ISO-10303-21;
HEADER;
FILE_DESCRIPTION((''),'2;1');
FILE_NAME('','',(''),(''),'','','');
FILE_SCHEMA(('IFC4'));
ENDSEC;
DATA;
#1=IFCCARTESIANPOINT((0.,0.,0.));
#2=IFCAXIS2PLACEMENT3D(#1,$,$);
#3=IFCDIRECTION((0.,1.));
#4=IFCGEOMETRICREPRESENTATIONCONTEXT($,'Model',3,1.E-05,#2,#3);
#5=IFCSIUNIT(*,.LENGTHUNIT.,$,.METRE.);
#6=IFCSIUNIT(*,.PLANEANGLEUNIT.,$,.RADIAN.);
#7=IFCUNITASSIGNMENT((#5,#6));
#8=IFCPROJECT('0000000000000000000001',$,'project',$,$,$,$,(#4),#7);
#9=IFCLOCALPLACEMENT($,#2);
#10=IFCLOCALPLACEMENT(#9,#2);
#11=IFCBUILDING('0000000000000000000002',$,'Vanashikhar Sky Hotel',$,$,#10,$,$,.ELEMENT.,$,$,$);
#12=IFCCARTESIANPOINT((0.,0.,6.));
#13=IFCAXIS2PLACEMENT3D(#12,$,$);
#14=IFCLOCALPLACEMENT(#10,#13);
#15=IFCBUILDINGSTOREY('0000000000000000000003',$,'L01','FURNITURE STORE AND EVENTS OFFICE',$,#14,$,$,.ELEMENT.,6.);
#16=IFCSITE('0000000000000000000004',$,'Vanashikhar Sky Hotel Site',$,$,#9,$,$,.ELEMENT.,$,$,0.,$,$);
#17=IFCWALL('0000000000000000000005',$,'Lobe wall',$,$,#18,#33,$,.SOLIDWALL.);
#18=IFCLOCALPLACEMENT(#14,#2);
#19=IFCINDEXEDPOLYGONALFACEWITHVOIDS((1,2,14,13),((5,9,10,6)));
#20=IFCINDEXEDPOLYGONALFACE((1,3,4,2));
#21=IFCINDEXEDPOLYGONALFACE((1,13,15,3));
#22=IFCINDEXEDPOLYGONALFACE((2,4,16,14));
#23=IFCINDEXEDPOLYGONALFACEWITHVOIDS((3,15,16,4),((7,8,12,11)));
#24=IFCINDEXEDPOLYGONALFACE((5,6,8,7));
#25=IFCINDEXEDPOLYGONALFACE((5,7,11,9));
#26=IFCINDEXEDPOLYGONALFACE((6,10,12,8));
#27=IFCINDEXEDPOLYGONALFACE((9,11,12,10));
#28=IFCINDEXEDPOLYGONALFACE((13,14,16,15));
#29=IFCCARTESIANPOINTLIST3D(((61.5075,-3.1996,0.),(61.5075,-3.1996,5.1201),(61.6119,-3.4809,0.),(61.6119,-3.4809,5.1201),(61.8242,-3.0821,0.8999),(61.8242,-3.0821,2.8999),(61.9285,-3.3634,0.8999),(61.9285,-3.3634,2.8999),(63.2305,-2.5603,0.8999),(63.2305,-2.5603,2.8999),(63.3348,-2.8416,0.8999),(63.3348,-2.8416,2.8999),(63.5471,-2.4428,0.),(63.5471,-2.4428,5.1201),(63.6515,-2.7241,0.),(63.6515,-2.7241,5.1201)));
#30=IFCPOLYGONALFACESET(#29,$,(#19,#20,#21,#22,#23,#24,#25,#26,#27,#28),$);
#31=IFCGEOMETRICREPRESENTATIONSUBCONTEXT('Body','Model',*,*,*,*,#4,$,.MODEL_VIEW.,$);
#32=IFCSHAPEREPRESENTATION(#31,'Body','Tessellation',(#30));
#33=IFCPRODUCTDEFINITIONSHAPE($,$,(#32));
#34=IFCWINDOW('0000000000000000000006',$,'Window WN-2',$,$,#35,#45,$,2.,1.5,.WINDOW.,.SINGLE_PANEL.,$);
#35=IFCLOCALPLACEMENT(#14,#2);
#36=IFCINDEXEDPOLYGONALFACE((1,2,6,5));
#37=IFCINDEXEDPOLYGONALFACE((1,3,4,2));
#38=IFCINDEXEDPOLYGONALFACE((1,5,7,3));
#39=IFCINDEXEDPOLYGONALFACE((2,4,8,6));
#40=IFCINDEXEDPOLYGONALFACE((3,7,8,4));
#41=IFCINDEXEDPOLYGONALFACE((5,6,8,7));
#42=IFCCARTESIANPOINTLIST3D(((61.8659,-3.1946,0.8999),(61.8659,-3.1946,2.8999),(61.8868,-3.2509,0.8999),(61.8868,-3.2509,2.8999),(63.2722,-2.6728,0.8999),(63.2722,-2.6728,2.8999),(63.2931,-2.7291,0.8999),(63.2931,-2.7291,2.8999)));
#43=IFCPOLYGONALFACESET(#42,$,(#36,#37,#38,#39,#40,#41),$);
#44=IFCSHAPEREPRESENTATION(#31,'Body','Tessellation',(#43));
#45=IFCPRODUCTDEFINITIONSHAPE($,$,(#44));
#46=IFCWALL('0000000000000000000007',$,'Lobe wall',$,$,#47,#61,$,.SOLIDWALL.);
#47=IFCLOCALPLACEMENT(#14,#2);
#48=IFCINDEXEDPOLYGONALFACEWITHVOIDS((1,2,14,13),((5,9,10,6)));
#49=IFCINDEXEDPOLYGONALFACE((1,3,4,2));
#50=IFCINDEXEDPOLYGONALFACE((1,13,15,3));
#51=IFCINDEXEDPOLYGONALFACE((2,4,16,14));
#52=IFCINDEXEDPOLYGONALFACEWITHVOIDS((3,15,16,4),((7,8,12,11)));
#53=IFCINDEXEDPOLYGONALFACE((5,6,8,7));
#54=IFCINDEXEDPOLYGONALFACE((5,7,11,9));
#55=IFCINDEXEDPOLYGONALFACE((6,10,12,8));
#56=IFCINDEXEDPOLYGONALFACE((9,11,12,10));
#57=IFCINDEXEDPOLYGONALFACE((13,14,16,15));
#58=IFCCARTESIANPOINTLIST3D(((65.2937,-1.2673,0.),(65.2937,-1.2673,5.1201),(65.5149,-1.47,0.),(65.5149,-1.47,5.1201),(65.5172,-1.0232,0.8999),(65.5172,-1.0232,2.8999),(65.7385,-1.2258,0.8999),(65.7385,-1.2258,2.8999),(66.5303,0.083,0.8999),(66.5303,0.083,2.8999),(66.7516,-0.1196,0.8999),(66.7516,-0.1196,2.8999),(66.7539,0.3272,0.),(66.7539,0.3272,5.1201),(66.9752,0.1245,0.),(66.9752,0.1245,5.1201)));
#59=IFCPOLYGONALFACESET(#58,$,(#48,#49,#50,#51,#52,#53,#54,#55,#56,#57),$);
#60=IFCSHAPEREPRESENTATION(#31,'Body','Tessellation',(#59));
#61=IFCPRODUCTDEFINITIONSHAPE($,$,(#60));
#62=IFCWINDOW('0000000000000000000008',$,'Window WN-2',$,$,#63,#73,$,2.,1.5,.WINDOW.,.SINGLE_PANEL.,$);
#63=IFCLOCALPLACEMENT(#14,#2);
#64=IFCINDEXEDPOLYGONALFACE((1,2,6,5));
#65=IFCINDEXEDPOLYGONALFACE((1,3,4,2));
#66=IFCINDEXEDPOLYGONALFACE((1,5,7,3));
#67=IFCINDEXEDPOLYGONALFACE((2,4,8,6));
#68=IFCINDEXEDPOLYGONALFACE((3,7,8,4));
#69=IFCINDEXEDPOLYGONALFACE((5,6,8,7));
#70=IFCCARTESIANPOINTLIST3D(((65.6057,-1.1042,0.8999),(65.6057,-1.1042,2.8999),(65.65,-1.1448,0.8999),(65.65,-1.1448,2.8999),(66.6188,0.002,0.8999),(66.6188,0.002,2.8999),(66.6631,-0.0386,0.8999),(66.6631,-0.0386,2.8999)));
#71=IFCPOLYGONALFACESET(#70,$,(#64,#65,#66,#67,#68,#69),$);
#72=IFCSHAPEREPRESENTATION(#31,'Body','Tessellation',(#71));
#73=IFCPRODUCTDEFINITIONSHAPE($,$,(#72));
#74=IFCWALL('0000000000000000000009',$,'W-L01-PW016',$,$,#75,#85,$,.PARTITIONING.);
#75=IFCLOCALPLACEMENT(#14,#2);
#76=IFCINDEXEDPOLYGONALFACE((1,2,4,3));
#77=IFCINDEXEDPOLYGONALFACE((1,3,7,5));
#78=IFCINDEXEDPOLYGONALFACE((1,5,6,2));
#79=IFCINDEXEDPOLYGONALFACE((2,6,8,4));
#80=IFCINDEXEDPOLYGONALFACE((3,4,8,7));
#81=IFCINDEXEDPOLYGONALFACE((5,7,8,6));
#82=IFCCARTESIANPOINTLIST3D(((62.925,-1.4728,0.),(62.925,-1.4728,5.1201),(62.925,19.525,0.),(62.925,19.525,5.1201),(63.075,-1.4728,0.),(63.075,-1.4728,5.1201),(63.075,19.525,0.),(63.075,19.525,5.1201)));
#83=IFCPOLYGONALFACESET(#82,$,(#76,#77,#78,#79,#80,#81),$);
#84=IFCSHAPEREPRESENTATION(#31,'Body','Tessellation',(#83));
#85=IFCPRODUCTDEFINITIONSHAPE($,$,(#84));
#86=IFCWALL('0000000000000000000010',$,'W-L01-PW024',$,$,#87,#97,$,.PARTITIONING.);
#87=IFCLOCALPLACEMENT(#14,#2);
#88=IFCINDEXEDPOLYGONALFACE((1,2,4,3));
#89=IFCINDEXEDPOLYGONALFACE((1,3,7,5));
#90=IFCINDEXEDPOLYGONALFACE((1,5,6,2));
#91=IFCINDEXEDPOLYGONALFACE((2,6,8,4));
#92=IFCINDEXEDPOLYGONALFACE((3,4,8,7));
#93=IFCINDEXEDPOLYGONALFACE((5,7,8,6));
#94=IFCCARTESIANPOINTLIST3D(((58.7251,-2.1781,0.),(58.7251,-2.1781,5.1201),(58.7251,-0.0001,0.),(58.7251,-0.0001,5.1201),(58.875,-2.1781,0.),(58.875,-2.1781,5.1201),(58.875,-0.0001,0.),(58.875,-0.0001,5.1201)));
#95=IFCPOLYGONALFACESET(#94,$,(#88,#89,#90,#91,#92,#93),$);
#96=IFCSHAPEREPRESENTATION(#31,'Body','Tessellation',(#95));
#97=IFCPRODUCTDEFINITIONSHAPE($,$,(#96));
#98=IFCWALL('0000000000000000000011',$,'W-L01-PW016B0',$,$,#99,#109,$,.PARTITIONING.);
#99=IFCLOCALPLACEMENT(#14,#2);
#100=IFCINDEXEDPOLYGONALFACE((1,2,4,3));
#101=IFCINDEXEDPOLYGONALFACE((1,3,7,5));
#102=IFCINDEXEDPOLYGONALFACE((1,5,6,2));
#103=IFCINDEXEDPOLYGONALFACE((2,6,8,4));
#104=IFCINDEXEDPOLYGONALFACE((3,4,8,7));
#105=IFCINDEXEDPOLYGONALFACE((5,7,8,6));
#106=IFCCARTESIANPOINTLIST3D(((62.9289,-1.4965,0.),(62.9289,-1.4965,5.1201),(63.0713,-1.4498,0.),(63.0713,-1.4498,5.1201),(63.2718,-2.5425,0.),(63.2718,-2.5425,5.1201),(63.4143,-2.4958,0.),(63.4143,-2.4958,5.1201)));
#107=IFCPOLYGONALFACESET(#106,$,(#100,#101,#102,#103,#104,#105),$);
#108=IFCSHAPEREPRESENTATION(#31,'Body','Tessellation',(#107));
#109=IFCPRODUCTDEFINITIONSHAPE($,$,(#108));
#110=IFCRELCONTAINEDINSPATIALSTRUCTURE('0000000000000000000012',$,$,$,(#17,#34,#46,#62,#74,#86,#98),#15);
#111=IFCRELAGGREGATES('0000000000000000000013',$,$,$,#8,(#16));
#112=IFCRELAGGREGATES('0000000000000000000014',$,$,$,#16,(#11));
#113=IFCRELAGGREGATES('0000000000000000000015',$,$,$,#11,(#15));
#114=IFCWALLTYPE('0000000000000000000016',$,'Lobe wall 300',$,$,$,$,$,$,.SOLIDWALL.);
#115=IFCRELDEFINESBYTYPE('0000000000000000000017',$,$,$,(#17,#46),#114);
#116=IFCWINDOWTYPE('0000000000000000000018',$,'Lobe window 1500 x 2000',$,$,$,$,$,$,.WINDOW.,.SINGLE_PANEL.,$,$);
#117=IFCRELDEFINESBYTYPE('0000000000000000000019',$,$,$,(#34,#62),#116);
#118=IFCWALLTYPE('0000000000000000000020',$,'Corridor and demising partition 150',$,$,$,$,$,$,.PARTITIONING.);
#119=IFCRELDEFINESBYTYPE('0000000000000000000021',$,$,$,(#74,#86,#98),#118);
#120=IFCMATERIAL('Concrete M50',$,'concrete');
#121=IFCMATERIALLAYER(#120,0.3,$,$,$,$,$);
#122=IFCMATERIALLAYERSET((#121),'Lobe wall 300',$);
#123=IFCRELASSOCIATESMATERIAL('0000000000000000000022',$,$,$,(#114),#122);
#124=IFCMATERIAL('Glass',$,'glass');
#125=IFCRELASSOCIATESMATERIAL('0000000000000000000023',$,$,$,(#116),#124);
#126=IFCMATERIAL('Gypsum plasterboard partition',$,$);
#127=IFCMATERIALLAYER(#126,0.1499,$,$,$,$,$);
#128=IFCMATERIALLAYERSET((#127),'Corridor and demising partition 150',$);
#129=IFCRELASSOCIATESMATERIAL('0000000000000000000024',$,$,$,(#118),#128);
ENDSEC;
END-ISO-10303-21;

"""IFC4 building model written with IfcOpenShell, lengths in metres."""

from ifc_helpers import new_model, si_unit, direction, frame, frame_2d, origin, place, context, subcontext, project, spatial, rectangle, extrude, source, transform, mapped, material, layer, layer_set, type_object, element, fill, save


model = new_model("IFC4")

# Units and contexts
model_context = context("Model", 3, precision=1e-05, world=origin(), true_north=direction((0.0, 1.0)))
body_context = subcontext(model_context, "Body", "Model", "MODEL_VIEW")
ifc_project = project(units=[si_unit("LENGTHUNIT", "METRE"), si_unit("PLANEANGLEUNIT", "RADIAN")], contexts=[model_context])

# Site, building, storey
site_placement = place(None, origin())
site = spatial("IfcSite", under=ifc_project, at=site_placement, Name="Vanashikhar Sky Hotel Site", CompositionType="ELEMENT", RefElevation=0.0)
building_placement = place(site_placement, origin())
building = spatial("IfcBuilding", under=site, at=building_placement, Name="Vanashikhar Sky Hotel", CompositionType="ELEMENT")
storey_placement = place(building_placement, frame((0.0, 0.0, 6.0)))
storey = spatial("IfcBuildingStorey", under=building, at=storey_placement, Name="L01", Description="FURNITURE STORE AND EVENTS OFFICE", CompositionType="ELEMENT", Elevation=6.0)

# Shared definitions
ifc_material_1 = material(Name="Concrete M50", Category="concrete")

# Shared definitions
ifc_material_2 = material(Name="Glass", Category="glass")

# Walls, openings, windows
ifc_layer_1 = layer(ifc_material_1, 0.3)
ifc_layer_set_1 = layer_set([ifc_layer_1], Name="Lobe wall 300")
wall_type_1 = type_object("IfcWallType", Name="Lobe wall 300", PredefinedType="SOLIDWALL", material=ifc_layer_set_1)
shared_shape_1 = source(origin(), body_context, "Body", "SweptSolid", [
    extrude(rectangle(XDim=1.5, YDim=2.0, at=frame_2d((0.75, 1.0))), frame((0.0, 0.1602, 0.0), z_axis=(0.0, -1.0, 0.0), x_axis=(1.0, 0.0, 0.0)), (0.0, 0.0, 1.0), 0.3201),
])
window_type = type_object("IfcWindowType", Name="Lobe window 1500 x 2000", PartitioningType="SINGLE_PANEL", PredefinedType="WINDOW", material=ifc_material_2)
shared_shape_2 = source(origin(), body_context, "Body", "SweptSolid", [
    extrude(rectangle(XDim=1.5, YDim=2.0, at=frame_2d((0.75, 1.0))), frame((0.0, 0.03, 0.0), z_axis=(0.0, -1.0, 0.0), x_axis=(1.0, 0.0, 0.0)), (0.0, 0.0, 1.0), 0.0601),
])
shared_shape_3 = source(origin(), body_context, "Body", "SweptSolid", [
    extrude(rectangle(XDim=2.1755, YDim=0.3, at=frame_2d((1.0879, 0.0))), origin(), (0.0, 0.0, 1.0), 5.1201),
])
wall_1_placement = place(storey_placement, frame((61.5596, -3.3403, 0.0), z_axis=(0.0, 0.0, 1.0), x_axis=(0.937532, 0.347899, 0.0)))
wall_1 = element("IfcWall", 1, at=wall_1_placement, inside=storey, type_object=wall_type_1, Name="Lobe wall", PredefinedType="SOLIDWALL", context=body_context, shape_type="MappedRepresentation", body=[
    mapped(shared_shape_3, transform((0.0, 0.0, 0.0), scale=1.0)),
])
opening_1_placement = place(wall_1_placement, frame((0.3379, 0.0, 0.8999)))
opening_1 = element("IfcOpeningElement", 2, at=opening_1_placement, cuts=wall_1, PredefinedType="OPENING", context=body_context, shape_type="MappedRepresentation", body=[
    mapped(shared_shape_1, transform((0.0, 0.0, 0.0), scale=1.0)),
])
window_1_placement = place(opening_1_placement, origin())
window_1 = element("IfcWindow", 3, at=window_1_placement, inside=storey, type_object=window_type, Name="Window WN-2", OverallHeight=2.0, OverallWidth=1.5, PartitioningType="SINGLE_PANEL", PredefinedType="WINDOW", context=body_context, shape_type="MappedRepresentation", body=[
    mapped(shared_shape_2, transform((0.0, 0.0, 0.0), scale=1.0)),
])
fill(opening_1, window_1)
shared_shape_4 = source(origin(), body_context, "Body", "SweptSolid", [
    extrude(rectangle(XDim=2.1621, YDim=0.3, at=frame_2d((1.0811, 0.0))), origin(), (0.0, 0.0, 1.0), 5.1201),
])
wall_2_placement = place(storey_placement, frame((65.4043, -1.3687, 0.0), z_axis=(0.0, 0.0, 1.0), x_axis=(0.675372, 0.737477, 0.0)))
wall_2 = element("IfcWall", 4, at=wall_2_placement, inside=storey, type_object=wall_type_1, Name="Lobe wall", PredefinedType="SOLIDWALL", context=body_context, shape_type="MappedRepresentation", body=[
    mapped(shared_shape_4, transform((0.0, 0.0, 0.0), scale=1.0)),
])
opening_2_placement = place(wall_2_placement, frame((0.3311, 0.0, 0.8999)))
opening_2 = element("IfcOpeningElement", 5, at=opening_2_placement, cuts=wall_2, PredefinedType="OPENING", context=body_context, shape_type="MappedRepresentation", body=[
    mapped(shared_shape_1, transform((0.0, 0.0, 0.0), scale=1.0)),
])
window_2_placement = place(opening_2_placement, origin())
window_2 = element("IfcWindow", 6, at=window_2_placement, inside=storey, type_object=window_type, Name="Window WN-2", OverallHeight=2.0, OverallWidth=1.5, PartitioningType="SINGLE_PANEL", PredefinedType="WINDOW", context=body_context, shape_type="MappedRepresentation", body=[
    mapped(shared_shape_2, transform((0.0, 0.0, 0.0), scale=1.0)),
])
fill(opening_2, window_2)

# Walls
ifc_material_3 = material(Name="Gypsum plasterboard partition")
ifc_layer_2 = layer(ifc_material_3, 0.1499)
ifc_layer_set_2 = layer_set([ifc_layer_2], Name="Corridor and demising partition 150")
wall_type_2 = type_object("IfcWallType", Name="Corridor and demising partition 150", PredefinedType="PARTITIONING", material=ifc_layer_set_2)
shared_shape_5 = source(origin(), body_context, "Body", "SweptSolid", [
    extrude(rectangle(XDim=20.9978, YDim=0.1499, at=frame_2d((10.499, 0.0))), origin(), (0.0, 0.0, 1.0), 5.1201),
])
wall_3_placement = place(storey_placement, frame((63.0, -1.4729, 0.0), z_axis=(0.0, 0.0, 1.0), x_axis=(0.0, 1.0, 0.0)))
element("IfcWall", 7, at=wall_3_placement, inside=storey, type_object=wall_type_2, Name="W-L01-PW016", PredefinedType="PARTITIONING", context=body_context, shape_type="MappedRepresentation", body=[
    mapped(shared_shape_5, transform((0.0, 0.0, 0.0), scale=1.0)),
])
shared_shape_6 = source(origin(), body_context, "Body", "SweptSolid", [
    extrude(rectangle(XDim=2.178, YDim=0.1499, at=frame_2d((1.0889, 0.0))), origin(), (0.0, 0.0, 1.0), 5.1201),
])
wall_4_placement = place(storey_placement, frame((58.8, -2.178, 0.0), z_axis=(0.0, 0.0, 1.0), x_axis=(0.0, 1.0, 0.0)))
element("IfcWall", 8, at=wall_4_placement, inside=storey, type_object=wall_type_2, Name="W-L01-PW024", PredefinedType="PARTITIONING", context=body_context, shape_type="MappedRepresentation", body=[
    mapped(shared_shape_6, transform((0.0, 0.0, 0.0), scale=1.0)),
])
shared_shape_7 = source(origin(), body_context, "Body", "SweptSolid", [
    extrude(rectangle(XDim=1.1008, YDim=0.1499, at=frame_2d((0.5503, 0.0))), origin(), (0.0, 0.0, 1.0), 5.1201),
])
wall_5_placement = place(storey_placement, frame((63.343, -2.519, 0.0), z_axis=(0.0, 0.0, 1.0), x_axis=(-0.311567, 0.950224, 0.0)))
element("IfcWall", 9, at=wall_5_placement, inside=storey, type_object=wall_type_2, Name="W-L01-PW016B0", PredefinedType="PARTITIONING", context=body_context, shape_type="MappedRepresentation", body=[
    mapped(shared_shape_7, transform((0.0, 0.0, 0.0), scale=1.0)),
])

save(model, "model.ifc")
